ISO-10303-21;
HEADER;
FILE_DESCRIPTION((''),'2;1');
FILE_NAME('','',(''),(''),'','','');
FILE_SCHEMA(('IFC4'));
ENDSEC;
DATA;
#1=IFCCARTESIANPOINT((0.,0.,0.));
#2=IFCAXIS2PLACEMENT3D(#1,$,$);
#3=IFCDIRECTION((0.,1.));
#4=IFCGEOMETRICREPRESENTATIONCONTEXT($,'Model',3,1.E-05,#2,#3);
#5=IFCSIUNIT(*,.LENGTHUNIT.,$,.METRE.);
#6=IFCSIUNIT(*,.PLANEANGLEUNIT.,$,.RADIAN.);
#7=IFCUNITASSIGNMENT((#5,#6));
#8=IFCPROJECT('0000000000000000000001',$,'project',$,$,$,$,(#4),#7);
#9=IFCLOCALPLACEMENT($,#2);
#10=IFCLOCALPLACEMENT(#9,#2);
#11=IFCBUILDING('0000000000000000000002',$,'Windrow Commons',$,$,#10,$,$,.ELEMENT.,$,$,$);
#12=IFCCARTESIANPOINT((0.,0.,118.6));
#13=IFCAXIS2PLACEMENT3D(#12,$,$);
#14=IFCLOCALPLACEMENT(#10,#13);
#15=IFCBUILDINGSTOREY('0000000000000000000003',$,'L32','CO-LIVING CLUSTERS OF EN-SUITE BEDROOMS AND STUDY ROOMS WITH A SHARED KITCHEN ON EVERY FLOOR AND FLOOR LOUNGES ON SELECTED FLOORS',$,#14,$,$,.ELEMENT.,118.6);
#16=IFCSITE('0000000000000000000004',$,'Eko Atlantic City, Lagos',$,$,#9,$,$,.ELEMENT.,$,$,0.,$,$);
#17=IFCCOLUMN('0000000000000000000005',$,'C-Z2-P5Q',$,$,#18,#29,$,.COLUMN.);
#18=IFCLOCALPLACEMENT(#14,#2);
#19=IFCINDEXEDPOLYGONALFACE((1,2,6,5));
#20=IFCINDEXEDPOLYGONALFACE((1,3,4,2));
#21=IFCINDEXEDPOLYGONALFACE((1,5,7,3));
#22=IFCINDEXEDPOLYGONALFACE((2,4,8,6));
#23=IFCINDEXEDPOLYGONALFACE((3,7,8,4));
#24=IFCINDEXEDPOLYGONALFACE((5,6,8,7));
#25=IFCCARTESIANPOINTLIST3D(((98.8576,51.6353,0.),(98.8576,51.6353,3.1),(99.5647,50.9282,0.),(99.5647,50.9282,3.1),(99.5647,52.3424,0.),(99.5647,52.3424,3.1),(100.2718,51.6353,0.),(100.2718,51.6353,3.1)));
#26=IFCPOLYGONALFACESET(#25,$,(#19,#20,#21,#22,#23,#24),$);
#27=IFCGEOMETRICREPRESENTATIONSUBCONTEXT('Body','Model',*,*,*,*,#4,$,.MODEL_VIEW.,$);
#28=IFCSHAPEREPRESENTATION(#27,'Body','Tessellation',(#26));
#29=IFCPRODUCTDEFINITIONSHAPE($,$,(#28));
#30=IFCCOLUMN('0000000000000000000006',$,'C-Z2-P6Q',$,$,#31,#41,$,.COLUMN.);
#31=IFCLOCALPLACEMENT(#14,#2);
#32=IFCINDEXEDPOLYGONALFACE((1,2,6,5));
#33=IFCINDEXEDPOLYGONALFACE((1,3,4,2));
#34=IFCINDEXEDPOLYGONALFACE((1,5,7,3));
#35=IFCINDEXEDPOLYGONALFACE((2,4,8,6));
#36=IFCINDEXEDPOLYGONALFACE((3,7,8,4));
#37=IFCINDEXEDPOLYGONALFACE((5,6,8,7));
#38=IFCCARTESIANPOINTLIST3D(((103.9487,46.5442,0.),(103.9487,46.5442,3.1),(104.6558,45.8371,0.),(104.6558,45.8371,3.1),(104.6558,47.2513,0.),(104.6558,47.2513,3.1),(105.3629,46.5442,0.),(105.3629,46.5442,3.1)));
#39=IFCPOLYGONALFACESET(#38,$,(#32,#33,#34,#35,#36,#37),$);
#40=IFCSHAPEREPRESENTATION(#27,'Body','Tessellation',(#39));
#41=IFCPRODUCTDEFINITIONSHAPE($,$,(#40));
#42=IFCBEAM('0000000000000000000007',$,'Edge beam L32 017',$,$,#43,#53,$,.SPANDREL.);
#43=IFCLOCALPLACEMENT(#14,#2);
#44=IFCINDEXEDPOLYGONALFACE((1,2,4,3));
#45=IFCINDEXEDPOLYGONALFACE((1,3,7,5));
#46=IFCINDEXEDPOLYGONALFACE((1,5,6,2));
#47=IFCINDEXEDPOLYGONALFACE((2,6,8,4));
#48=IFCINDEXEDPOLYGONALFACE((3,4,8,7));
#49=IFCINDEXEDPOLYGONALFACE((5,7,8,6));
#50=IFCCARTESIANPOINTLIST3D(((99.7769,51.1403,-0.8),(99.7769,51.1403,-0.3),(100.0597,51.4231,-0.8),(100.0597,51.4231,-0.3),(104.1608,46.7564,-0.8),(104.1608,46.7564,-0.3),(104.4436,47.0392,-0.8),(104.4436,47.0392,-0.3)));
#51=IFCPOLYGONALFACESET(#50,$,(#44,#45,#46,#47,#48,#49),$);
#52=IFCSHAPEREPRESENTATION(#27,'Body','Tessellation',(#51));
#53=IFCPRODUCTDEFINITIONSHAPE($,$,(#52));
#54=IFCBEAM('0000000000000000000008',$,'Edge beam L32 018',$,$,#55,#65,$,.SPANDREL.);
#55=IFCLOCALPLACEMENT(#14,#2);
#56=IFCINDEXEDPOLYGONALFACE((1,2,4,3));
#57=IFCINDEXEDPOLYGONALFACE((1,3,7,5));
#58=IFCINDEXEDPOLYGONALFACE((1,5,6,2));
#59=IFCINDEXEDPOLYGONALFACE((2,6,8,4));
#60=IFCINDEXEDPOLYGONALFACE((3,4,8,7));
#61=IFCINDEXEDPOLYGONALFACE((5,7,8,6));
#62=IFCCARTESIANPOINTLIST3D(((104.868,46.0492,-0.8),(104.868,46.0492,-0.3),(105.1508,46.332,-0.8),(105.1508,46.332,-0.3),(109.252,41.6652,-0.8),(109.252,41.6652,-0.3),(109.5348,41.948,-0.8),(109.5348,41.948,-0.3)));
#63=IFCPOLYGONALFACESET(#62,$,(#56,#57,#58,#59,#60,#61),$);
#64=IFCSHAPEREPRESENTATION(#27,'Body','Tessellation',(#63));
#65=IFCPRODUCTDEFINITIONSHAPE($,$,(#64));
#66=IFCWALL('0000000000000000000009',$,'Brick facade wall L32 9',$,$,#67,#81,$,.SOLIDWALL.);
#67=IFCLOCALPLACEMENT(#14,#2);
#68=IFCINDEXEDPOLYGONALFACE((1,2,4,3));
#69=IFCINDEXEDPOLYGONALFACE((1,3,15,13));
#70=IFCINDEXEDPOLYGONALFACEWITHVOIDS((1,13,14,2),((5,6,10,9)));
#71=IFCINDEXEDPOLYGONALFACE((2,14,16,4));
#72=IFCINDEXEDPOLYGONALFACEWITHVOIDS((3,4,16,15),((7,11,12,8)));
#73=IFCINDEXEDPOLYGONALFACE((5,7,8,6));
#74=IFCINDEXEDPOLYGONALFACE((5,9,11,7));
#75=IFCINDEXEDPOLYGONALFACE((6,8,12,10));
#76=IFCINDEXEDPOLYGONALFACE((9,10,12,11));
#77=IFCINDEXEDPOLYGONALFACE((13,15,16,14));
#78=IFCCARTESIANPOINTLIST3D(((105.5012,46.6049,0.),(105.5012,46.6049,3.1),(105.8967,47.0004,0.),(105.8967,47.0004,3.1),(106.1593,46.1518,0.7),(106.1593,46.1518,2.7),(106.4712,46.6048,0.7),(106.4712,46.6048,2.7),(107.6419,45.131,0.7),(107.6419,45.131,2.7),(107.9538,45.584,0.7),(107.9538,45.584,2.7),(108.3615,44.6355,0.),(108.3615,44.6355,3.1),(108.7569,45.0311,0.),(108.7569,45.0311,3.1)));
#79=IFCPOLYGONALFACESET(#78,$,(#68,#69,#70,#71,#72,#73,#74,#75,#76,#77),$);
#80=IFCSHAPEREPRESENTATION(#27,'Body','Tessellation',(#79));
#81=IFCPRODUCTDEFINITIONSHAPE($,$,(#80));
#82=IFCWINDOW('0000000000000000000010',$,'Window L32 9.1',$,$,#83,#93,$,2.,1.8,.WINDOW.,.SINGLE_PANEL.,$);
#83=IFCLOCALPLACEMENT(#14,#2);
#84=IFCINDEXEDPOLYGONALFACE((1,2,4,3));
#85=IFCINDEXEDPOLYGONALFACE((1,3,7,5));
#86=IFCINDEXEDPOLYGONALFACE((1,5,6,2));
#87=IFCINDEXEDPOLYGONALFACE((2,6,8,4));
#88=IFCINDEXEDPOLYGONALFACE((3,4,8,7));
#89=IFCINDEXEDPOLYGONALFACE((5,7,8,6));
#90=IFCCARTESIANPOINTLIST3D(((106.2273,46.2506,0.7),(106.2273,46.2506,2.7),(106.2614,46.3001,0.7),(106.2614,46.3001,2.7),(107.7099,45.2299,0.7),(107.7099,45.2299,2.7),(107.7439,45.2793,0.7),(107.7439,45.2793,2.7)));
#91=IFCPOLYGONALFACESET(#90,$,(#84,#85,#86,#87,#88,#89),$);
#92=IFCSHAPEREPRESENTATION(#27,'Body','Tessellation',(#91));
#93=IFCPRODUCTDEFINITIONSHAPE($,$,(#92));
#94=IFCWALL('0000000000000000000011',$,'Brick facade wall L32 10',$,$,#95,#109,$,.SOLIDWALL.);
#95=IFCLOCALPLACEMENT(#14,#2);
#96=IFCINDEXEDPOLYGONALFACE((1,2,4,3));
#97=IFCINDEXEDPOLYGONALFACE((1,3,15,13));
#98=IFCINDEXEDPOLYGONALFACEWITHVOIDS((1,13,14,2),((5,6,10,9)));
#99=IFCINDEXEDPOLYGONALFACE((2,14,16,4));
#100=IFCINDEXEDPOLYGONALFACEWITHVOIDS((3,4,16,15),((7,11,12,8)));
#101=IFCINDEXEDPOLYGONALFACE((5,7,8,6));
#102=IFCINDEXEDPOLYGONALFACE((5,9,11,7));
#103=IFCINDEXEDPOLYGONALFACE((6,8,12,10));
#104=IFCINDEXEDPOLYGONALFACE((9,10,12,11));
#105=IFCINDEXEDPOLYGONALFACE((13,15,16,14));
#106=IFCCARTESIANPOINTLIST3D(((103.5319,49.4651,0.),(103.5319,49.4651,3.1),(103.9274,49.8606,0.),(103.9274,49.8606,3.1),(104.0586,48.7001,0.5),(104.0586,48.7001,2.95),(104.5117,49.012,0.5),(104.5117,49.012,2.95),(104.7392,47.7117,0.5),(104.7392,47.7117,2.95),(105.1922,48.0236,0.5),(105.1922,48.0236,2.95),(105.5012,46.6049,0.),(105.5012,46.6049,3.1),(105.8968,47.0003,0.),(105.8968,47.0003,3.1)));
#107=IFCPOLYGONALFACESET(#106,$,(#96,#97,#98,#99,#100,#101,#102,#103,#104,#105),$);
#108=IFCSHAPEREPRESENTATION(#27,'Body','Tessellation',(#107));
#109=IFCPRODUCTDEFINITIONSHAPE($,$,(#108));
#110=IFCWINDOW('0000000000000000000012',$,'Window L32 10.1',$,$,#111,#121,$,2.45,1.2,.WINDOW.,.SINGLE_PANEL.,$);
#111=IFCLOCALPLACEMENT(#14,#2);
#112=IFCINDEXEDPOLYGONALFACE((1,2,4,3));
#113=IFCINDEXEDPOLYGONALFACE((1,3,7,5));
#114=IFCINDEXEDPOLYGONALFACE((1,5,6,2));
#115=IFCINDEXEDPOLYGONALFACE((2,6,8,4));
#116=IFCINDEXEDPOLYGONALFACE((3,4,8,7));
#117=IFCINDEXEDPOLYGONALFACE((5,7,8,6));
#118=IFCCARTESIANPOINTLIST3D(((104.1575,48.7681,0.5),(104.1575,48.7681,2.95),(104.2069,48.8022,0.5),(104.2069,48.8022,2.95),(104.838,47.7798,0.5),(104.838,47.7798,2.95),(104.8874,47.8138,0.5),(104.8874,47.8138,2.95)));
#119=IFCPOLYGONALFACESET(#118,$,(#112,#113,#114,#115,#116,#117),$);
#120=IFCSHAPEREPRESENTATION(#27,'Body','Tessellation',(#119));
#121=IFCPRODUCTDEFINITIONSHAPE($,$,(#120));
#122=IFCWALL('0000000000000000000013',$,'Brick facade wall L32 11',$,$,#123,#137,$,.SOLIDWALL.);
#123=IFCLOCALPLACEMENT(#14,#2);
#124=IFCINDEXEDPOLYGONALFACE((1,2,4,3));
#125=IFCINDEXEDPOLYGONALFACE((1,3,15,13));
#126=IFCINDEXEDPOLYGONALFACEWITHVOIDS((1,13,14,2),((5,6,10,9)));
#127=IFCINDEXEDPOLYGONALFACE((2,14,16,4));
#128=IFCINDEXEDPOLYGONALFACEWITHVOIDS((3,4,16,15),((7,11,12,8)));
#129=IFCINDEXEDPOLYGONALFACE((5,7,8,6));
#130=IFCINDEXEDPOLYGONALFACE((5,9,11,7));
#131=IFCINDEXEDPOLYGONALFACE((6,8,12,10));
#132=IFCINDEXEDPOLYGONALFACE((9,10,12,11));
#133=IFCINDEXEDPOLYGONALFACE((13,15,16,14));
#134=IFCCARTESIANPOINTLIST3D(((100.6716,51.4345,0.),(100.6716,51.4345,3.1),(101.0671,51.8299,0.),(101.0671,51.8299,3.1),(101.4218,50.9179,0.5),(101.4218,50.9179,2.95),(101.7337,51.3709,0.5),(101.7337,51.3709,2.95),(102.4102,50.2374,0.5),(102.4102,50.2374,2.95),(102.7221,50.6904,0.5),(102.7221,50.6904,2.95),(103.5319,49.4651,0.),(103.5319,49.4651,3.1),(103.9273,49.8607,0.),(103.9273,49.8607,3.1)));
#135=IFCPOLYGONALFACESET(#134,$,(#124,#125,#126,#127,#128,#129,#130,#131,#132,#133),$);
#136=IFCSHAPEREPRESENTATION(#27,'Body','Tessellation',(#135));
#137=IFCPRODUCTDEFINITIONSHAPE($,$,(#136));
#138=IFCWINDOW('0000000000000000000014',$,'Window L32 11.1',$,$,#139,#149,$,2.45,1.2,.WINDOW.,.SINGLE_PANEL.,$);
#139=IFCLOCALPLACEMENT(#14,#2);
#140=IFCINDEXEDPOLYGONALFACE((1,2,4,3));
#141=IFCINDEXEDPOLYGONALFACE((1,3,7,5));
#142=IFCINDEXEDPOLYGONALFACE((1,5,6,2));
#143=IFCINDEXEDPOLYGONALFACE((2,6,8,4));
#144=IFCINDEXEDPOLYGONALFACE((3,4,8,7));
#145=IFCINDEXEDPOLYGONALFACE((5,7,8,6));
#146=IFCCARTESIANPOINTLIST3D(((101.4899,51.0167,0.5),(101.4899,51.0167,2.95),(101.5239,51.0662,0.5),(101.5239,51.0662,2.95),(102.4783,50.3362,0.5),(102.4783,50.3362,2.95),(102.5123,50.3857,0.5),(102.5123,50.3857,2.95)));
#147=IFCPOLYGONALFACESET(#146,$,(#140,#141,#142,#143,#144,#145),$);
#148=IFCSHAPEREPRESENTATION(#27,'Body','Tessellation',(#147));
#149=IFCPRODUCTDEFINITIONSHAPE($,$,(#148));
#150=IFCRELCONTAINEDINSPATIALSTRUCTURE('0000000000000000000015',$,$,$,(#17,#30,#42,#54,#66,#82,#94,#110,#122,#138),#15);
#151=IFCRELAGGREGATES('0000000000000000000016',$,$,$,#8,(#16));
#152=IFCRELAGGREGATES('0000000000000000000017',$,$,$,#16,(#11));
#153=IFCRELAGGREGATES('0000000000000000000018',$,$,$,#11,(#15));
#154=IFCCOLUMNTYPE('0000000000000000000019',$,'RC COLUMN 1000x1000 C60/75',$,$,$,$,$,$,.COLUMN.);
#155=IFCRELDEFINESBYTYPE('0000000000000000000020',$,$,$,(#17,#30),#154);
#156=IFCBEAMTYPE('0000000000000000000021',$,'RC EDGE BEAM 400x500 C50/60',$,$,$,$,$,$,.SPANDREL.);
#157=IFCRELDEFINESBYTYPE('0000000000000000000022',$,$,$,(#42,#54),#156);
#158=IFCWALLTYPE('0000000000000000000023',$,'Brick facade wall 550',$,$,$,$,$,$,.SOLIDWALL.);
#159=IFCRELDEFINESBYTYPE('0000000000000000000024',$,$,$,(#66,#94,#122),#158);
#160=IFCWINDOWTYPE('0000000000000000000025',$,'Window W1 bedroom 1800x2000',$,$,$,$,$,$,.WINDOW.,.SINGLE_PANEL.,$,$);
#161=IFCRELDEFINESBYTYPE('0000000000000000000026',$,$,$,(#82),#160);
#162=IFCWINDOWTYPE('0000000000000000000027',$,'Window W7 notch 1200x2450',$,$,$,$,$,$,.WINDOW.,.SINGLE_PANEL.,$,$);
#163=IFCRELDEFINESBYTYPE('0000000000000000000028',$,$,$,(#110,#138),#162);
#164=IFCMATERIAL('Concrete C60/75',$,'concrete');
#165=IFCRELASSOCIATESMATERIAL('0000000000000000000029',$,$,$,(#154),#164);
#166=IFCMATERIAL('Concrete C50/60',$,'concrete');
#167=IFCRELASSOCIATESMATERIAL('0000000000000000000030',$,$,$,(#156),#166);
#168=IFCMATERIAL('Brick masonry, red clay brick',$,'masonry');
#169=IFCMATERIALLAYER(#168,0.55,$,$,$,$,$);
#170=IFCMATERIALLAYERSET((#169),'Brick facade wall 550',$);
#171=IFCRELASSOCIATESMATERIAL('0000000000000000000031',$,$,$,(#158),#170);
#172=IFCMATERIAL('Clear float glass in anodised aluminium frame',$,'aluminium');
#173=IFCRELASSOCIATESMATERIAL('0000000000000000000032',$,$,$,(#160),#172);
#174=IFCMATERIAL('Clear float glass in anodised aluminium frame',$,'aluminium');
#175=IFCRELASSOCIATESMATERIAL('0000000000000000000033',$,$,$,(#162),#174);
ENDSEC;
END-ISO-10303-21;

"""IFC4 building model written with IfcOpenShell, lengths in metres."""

from ifc_helpers import new_model, si_unit, direction, frame, frame_2d, origin, origin_2d, place, context, subcontext, project, spatial, polyline, rectangle, outline, extrude, material, layer, layer_set, material_profile, profile_set, type_object, element, fill, save


model = new_model("IFC4")

# Units and contexts
model_context = context("Model", 3, precision=1e-05, world=origin(), true_north=direction((0.0, 1.0)))
body_context = subcontext(model_context, "Body", "Model", "MODEL_VIEW")
ifc_project = project(units=[si_unit("LENGTHUNIT", "METRE"), si_unit("PLANEANGLEUNIT", "RADIAN")], contexts=[model_context])

# Site, building, storey
site_placement = place(None, origin())
site = spatial("IfcSite", under=ifc_project, at=site_placement, Name="Eko Atlantic City, Lagos", CompositionType="ELEMENT", RefElevation=0.0)
building_placement = place(site_placement, origin())
building = spatial("IfcBuilding", under=site, at=building_placement, Name="Windrow Commons", CompositionType="ELEMENT")
storey_placement = place(building_placement, frame((0.0, 0.0, 118.6)))
storey = spatial("IfcBuildingStorey", under=building, at=storey_placement, Name="L32", Description="CO-LIVING CLUSTERS OF EN-SUITE BEDROOMS AND STUDY ROOMS WITH A SHARED KITCHEN ON EVERY FLOOR AND FLOOR LOUNGES ON SELECTED FLOORS", CompositionType="ELEMENT", Elevation=118.6)

# Columns
ifc_material_1 = material(Name="Concrete C60/75", Category="concrete")
ifc_material_profile_1 = material_profile(ifc_material_1, rectangle(XDim=1.0, YDim=1.0, at=origin_2d()))
ifc_profile_set_1 = profile_set([ifc_material_profile_1], Name="Concrete C60/75")
column_type = type_object("IfcColumnType", Name="RC COLUMN 1000x1000 C60/75", PredefinedType="COLUMN", material=ifc_profile_set_1)
for number, where, z_axis, x_axis, name in (
    (1, (99.5647, 51.6353, 0.0), (0.0, 0.0, 1.0), (0.707107, -0.707107, 0.0), "C-Z2-P5Q"),
    (2, (104.6558, 46.5442, 0.0), (0.0, 0.0, 1.0), (0.707107, -0.707107, 0.0), "C-Z2-P6Q"),
):
    element("IfcColumn", number, at=place(storey_placement, frame(where, z_axis=z_axis, x_axis=x_axis)), inside=storey, type_object=column_type, Name=name, PredefinedType="COLUMN", context=body_context, shape_type="SweptSolid", body=[
        extrude(rectangle(XDim=1.0, YDim=1.0, at=origin_2d()), origin(), (0.0, 0.0, 1.0), 3.1),
    ])

# Beams
ifc_material_2 = material(Name="Concrete C50/60", Category="concrete")
ifc_material_profile_2 = material_profile(ifc_material_2, rectangle(XDim=0.4, YDim=0.5, at=origin_2d()))
ifc_profile_set_2 = profile_set([ifc_material_profile_2], Name="Concrete C50/60")
beam_type = type_object("IfcBeamType", Name="RC EDGE BEAM 400x500 C50/60", PredefinedType="SPANDREL", material=ifc_profile_set_2)
beam_1_placement = place(storey_placement, frame((99.9183, 51.2817, -0.55), z_axis=(0.707107, -0.707107, 0.0), x_axis=(0.707107, 0.707107, 0.0)))
element("IfcBeam", 3, at=beam_1_placement, inside=storey, type_object=beam_type, Name="Edge beam L32 017", PredefinedType="SPANDREL", context=body_context, shape_type="SweptSolid", body=[
    extrude(rectangle(XDim=0.4, YDim=0.5, at=origin_2d()), origin(), (0.0, 0.0, 1.0), 6.1998),
])
beam_2_placement = place(storey_placement, frame((105.0094, 46.1906, -0.55), z_axis=(0.707107, -0.707107, 0.0), x_axis=(0.707107, 0.707107, 0.0)))
element("IfcBeam", 4, at=beam_2_placement, inside=storey, type_object=beam_type, Name="Edge beam L32 018", PredefinedType="SPANDREL", context=body_context, shape_type="SweptSolid", body=[
    extrude(rectangle(XDim=0.4, YDim=0.5, at=origin_2d()), origin(), (0.0, 0.0, 1.0), 6.1999),
])

# Walls, openings, windows
ifc_material_3 = material(Name="Brick masonry, red clay brick", Category="masonry")
ifc_layer_1 = layer(ifc_material_3, 0.55)
ifc_layer_set_1 = layer_set([ifc_layer_1], Name="Brick facade wall 550")
wall_type_1 = type_object("IfcWallType", Name="Brick facade wall 550", PredefinedType="SOLIDWALL", material=ifc_layer_set_1)
wall_1_placement = place(storey_placement, frame((108.5592, 44.8333, 0.0), z_axis=(0.0, 0.0, 1.0), x_axis=(-0.82365, 0.567098, 0.0)))
wall_1 = element("IfcWall", 5, at=wall_1_placement, inside=storey, type_object=wall_type_1, Name="Brick facade wall L32 9", PredefinedType="SOLIDWALL", context=body_context, shape_type="SweptSolid", body=[
    extrude(outline(polyline([(-0.0507, -0.275), (3.4219, -0.275), (3.5234, 0.275), (0.0507, 0.275), (-0.0507, -0.275)])), origin(), (0.0, 0.0, 1.0), 3.1),
])
opening_1_placement = place(wall_1_placement, frame((0.9244, 0.0, 0.7)))
opening_1 = element("IfcOpeningElement", 6, at=opening_1_placement, cuts=wall_1, PredefinedType="OPENING", context=body_context, shape_type="SweptSolid", body=[
    extrude(rectangle(XDim=1.8, YDim=2.0, at=frame_2d((0.9, 1.0))), frame((0.0, 0.285, 0.0), z_axis=(0.0, -1.0, 0.0), x_axis=(1.0, 0.0, 0.0)), (0.0, 0.0, 1.0), 0.57),
])
ifc_material_4 = material(Name="Clear float glass in anodised aluminium frame", Category="aluminium")
window_type_1 = type_object("IfcWindowType", Name="Window W1 bedroom 1800x2000", PartitioningType="SINGLE_PANEL", PredefinedType="WINDOW", material=ifc_material_4)
window_1_placement = place(opening_1_placement, origin())
window_1 = element("IfcWindow", 7, at=window_1_placement, inside=storey, type_object=window_type_1, Name="Window L32 9.1", OverallHeight=2.0, OverallWidth=1.8, PartitioningType="SINGLE_PANEL", PredefinedType="WINDOW", context=body_context, shape_type="SweptSolid", body=[
    extrude(rectangle(XDim=1.8, YDim=2.0, at=frame_2d((0.9, 1.0))), frame((0.0, 0.155, 0.0), z_axis=(0.0, -1.0, 0.0), x_axis=(1.0, 0.0, 0.0)), (0.0, 0.0, 1.0), 0.06),
])
fill(opening_1, window_1)
wall_2_placement = place(storey_placement, frame((105.699, 46.8026, 0.0), z_axis=(0.0, 0.0, 1.0), x_axis=(-0.567104, 0.823646, 0.0)))
wall_2 = element("IfcWall", 8, at=wall_2_placement, inside=storey, type_object=wall_type_1, Name="Brick facade wall L32 10", PredefinedType="SOLIDWALL", context=body_context, shape_type="SweptSolid", body=[
    extrude(outline(polyline([(0.0507, -0.275), (3.5234, -0.275), (3.4219, 0.275), (-0.0507, 0.275), (0.0507, -0.275)])), origin(), (0.0, 0.0, 1.0), 3.1),
])
opening_2_placement = place(wall_2_placement, frame((1.2931, 0.0, 0.5)))
opening_2 = element("IfcOpeningElement", 9, at=opening_2_placement, cuts=wall_2, PredefinedType="OPENING", context=body_context, shape_type="SweptSolid", body=[
    extrude(rectangle(XDim=1.2, YDim=2.45, at=frame_2d((0.6, 1.225))), frame((0.0, 0.285, 0.0), z_axis=(0.0, -1.0, 0.0), x_axis=(1.0, 0.0, 0.0)), (0.0, 0.0, 1.0), 0.57),
])
ifc_material_5 = material(Name="Clear float glass in anodised aluminium frame", Category="aluminium")
window_type_2 = type_object("IfcWindowType", Name="Window W7 notch 1200x2450", PartitioningType="SINGLE_PANEL", PredefinedType="WINDOW", material=ifc_material_5)
window_2_placement = place(opening_2_placement, origin())
window_2 = element("IfcWindow", 10, at=window_2_placement, inside=storey, type_object=window_type_2, Name="Window L32 10.1", OverallHeight=2.45, OverallWidth=1.2, PartitioningType="SINGLE_PANEL", PredefinedType="WINDOW", context=body_context, shape_type="SweptSolid", body=[
    extrude(rectangle(XDim=1.2, YDim=2.45, at=frame_2d((0.6, 1.225))), frame((0.0, 0.155, 0.0), z_axis=(0.0, -1.0, 0.0), x_axis=(1.0, 0.0, 0.0)), (0.0, 0.0, 1.0), 0.06),
])
fill(opening_2, window_2)
wall_3_placement = place(storey_placement, frame((103.7296, 49.6629, 0.0), z_axis=(0.0, 0.0, 1.0), x_axis=(-0.823659, 0.567085, 0.0)))
wall_3 = element("IfcWall", 11, at=wall_3_placement, inside=storey, type_object=wall_type_1, Name="Brick facade wall L32 11", PredefinedType="SOLIDWALL", context=body_context, shape_type="SweptSolid", body=[
    extrude(outline(polyline([(-0.0507, -0.275), (3.4219, -0.275), (3.5234, 0.275), (0.0507, 0.275), (-0.0507, -0.275)])), origin(), (0.0, 0.0, 1.0), 3.1),
])
opening_3_placement = place(wall_3_placement, frame((1.4125, 0.0, 0.5)))
opening_3 = element("IfcOpeningElement", 12, at=opening_3_placement, cuts=wall_3, PredefinedType="OPENING", context=body_context, shape_type="SweptSolid", body=[
    extrude(rectangle(XDim=1.2, YDim=2.45, at=frame_2d((0.6, 1.225))), frame((0.0, 0.285, 0.0), z_axis=(0.0, -1.0, 0.0), x_axis=(1.0, 0.0, 0.0)), (0.0, 0.0, 1.0), 0.57),
])
window_3_placement = place(opening_3_placement, origin())
window_3 = element("IfcWindow", 13, at=window_3_placement, inside=storey, type_object=window_type_2, Name="Window L32 11.1", OverallHeight=2.45, OverallWidth=1.2, PartitioningType="SINGLE_PANEL", PredefinedType="WINDOW", context=body_context, shape_type="SweptSolid", body=[
    extrude(rectangle(XDim=1.2, YDim=2.45, at=frame_2d((0.6, 1.225))), frame((0.0, 0.155, 0.0), z_axis=(0.0, -1.0, 0.0), x_axis=(1.0, 0.0, 0.0)), (0.0, 0.0, 1.0), 0.06),
])
fill(opening_3, window_3)

save(model, "model.ifc")
